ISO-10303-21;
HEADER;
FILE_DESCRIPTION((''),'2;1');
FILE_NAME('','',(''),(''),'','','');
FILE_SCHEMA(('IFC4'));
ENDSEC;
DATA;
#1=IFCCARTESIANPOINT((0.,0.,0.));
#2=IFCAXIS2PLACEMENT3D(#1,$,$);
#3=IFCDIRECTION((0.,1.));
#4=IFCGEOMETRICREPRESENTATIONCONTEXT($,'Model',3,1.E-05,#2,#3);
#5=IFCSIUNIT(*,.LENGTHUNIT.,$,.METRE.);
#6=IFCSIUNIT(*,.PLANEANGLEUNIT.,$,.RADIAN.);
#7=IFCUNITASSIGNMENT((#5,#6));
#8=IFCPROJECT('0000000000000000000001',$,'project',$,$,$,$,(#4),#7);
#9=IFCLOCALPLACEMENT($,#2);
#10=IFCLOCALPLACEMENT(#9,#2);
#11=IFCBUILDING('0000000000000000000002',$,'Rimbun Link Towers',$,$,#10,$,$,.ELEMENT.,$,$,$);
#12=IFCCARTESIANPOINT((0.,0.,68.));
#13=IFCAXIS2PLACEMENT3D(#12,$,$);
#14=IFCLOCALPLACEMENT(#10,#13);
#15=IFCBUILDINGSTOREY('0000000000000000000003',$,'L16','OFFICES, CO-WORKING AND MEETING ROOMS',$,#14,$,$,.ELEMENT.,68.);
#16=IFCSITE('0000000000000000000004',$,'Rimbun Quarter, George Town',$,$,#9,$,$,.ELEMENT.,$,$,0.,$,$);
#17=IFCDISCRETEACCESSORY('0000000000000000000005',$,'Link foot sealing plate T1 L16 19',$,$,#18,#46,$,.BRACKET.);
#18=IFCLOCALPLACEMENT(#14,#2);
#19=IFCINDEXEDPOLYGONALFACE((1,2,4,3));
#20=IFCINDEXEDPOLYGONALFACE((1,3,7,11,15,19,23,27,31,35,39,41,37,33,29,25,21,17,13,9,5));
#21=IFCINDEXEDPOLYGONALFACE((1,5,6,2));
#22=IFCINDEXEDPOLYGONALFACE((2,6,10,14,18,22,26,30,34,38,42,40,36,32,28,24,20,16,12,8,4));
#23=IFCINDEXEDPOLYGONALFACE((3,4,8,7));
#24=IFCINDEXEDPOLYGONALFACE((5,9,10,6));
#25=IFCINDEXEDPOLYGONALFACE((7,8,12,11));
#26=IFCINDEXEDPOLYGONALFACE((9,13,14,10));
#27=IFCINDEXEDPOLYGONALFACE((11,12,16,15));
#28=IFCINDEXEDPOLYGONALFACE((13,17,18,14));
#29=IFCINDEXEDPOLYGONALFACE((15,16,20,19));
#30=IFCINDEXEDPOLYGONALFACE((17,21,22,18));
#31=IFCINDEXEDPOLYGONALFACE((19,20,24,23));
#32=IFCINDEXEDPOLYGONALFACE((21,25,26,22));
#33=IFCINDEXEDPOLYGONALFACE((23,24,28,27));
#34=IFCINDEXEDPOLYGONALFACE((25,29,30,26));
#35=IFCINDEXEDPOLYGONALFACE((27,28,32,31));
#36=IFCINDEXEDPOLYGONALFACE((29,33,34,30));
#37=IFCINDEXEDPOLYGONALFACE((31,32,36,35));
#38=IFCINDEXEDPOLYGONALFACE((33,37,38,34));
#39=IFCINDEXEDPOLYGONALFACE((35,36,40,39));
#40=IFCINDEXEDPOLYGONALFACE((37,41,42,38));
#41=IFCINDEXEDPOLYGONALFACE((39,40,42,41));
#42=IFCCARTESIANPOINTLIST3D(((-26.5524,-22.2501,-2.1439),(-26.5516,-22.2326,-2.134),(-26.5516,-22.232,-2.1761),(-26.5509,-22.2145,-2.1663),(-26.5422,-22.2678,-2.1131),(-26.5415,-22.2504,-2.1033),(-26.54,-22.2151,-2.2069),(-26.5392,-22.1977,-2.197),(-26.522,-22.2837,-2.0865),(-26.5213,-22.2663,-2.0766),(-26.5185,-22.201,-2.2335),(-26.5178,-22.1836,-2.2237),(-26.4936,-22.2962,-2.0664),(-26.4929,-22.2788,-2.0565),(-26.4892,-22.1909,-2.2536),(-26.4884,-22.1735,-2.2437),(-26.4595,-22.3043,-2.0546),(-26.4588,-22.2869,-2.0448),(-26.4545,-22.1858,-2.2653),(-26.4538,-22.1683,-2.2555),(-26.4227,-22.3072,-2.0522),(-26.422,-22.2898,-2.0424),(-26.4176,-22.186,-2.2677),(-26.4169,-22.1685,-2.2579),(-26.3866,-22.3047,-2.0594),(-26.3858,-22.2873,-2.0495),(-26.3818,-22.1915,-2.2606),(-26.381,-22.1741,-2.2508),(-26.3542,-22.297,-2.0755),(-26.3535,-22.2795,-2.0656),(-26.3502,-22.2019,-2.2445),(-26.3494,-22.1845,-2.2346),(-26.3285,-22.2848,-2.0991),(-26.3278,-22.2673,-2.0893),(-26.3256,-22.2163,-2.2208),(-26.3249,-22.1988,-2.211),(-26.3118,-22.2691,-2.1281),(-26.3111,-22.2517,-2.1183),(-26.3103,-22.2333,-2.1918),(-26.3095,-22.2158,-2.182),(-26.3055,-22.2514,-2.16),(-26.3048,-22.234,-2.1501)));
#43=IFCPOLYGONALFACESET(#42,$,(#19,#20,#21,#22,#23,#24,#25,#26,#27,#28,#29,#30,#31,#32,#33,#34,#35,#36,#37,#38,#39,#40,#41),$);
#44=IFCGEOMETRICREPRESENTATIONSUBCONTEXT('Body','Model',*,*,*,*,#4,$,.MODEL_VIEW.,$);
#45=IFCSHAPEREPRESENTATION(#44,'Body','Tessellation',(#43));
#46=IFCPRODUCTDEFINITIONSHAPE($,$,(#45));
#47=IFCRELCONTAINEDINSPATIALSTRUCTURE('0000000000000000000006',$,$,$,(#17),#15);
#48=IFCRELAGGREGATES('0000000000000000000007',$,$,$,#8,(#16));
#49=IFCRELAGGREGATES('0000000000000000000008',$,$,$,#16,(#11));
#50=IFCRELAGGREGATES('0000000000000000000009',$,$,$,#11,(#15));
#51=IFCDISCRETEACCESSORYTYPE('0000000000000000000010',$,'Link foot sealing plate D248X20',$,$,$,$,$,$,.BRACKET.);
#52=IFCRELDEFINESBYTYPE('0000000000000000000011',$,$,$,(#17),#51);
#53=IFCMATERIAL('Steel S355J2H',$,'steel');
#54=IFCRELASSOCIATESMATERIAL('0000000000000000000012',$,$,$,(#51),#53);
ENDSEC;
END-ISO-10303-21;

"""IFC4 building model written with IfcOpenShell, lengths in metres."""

from ifc_helpers import new_model, si_unit, direction, frame, origin, origin_2d, place, context, subcontext, project, spatial, circle, extrude, material, material_profile, profile_set, type_object, element, save


model = new_model("IFC4")

# Units and contexts
model_context = context("Model", 3, precision=1e-05, world=origin(), true_north=direction((0.0, 1.0)))
body_context = subcontext(model_context, "Body", "Model", "MODEL_VIEW")
ifc_project = project(units=[si_unit("LENGTHUNIT", "METRE"), si_unit("PLANEANGLEUNIT", "RADIAN")], contexts=[model_context])

# Site, building, storey
site_placement = place(None, origin())
site = spatial("IfcSite", under=ifc_project, at=site_placement, Name="Rimbun Quarter, George Town", CompositionType="ELEMENT", RefElevation=0.0)
building_placement = place(site_placement, origin())
building = spatial("IfcBuilding", under=site, at=building_placement, Name="Rimbun Link Towers", CompositionType="ELEMENT")
storey_placement = place(building_placement, frame((0.0, 0.0, 68.0)))
storey = spatial("IfcBuildingStorey", under=building, at=storey_placement, Name="L16", Description="OFFICES, CO-WORKING AND MEETING ROOMS", CompositionType="ELEMENT", Elevation=68.0)

# Discrete accessory
ifc_material_1 = material(Name="Steel S355J2H", Category="steel")
ifc_material_profile_1 = material_profile(ifc_material_1, circle(Radius=0.124, at=origin_2d()), Name="PL D248")
ifc_profile_set_1 = profile_set([ifc_material_profile_1], Name="Steel S355J2H")
discrete_accessory_type = type_object("IfcDiscreteAccessoryType", Name="Link foot sealing plate D248X20", PredefinedType="BRACKET", material=ifc_profile_set_1)
discrete_accessory_placement = place(storey_placement, frame((-26.4287, -22.2288, -2.1501), z_axis=(-0.036788, -0.870658, -0.490511), x_axis=(0.999109, -0.042216, 0.0)))
element("IfcDiscreteAccessory", 1, at=discrete_accessory_placement, inside=storey, type_object=discrete_accessory_type, Name="Link foot sealing plate T1 L16 19", PredefinedType="BRACKET", context=body_context, shape_type="SweptSolid", body=[
    extrude(circle(Radius=0.124, at=origin_2d()), origin(), (0.0, 0.0, 1.0), 0.02),
])

save(model, "model.ifc")
